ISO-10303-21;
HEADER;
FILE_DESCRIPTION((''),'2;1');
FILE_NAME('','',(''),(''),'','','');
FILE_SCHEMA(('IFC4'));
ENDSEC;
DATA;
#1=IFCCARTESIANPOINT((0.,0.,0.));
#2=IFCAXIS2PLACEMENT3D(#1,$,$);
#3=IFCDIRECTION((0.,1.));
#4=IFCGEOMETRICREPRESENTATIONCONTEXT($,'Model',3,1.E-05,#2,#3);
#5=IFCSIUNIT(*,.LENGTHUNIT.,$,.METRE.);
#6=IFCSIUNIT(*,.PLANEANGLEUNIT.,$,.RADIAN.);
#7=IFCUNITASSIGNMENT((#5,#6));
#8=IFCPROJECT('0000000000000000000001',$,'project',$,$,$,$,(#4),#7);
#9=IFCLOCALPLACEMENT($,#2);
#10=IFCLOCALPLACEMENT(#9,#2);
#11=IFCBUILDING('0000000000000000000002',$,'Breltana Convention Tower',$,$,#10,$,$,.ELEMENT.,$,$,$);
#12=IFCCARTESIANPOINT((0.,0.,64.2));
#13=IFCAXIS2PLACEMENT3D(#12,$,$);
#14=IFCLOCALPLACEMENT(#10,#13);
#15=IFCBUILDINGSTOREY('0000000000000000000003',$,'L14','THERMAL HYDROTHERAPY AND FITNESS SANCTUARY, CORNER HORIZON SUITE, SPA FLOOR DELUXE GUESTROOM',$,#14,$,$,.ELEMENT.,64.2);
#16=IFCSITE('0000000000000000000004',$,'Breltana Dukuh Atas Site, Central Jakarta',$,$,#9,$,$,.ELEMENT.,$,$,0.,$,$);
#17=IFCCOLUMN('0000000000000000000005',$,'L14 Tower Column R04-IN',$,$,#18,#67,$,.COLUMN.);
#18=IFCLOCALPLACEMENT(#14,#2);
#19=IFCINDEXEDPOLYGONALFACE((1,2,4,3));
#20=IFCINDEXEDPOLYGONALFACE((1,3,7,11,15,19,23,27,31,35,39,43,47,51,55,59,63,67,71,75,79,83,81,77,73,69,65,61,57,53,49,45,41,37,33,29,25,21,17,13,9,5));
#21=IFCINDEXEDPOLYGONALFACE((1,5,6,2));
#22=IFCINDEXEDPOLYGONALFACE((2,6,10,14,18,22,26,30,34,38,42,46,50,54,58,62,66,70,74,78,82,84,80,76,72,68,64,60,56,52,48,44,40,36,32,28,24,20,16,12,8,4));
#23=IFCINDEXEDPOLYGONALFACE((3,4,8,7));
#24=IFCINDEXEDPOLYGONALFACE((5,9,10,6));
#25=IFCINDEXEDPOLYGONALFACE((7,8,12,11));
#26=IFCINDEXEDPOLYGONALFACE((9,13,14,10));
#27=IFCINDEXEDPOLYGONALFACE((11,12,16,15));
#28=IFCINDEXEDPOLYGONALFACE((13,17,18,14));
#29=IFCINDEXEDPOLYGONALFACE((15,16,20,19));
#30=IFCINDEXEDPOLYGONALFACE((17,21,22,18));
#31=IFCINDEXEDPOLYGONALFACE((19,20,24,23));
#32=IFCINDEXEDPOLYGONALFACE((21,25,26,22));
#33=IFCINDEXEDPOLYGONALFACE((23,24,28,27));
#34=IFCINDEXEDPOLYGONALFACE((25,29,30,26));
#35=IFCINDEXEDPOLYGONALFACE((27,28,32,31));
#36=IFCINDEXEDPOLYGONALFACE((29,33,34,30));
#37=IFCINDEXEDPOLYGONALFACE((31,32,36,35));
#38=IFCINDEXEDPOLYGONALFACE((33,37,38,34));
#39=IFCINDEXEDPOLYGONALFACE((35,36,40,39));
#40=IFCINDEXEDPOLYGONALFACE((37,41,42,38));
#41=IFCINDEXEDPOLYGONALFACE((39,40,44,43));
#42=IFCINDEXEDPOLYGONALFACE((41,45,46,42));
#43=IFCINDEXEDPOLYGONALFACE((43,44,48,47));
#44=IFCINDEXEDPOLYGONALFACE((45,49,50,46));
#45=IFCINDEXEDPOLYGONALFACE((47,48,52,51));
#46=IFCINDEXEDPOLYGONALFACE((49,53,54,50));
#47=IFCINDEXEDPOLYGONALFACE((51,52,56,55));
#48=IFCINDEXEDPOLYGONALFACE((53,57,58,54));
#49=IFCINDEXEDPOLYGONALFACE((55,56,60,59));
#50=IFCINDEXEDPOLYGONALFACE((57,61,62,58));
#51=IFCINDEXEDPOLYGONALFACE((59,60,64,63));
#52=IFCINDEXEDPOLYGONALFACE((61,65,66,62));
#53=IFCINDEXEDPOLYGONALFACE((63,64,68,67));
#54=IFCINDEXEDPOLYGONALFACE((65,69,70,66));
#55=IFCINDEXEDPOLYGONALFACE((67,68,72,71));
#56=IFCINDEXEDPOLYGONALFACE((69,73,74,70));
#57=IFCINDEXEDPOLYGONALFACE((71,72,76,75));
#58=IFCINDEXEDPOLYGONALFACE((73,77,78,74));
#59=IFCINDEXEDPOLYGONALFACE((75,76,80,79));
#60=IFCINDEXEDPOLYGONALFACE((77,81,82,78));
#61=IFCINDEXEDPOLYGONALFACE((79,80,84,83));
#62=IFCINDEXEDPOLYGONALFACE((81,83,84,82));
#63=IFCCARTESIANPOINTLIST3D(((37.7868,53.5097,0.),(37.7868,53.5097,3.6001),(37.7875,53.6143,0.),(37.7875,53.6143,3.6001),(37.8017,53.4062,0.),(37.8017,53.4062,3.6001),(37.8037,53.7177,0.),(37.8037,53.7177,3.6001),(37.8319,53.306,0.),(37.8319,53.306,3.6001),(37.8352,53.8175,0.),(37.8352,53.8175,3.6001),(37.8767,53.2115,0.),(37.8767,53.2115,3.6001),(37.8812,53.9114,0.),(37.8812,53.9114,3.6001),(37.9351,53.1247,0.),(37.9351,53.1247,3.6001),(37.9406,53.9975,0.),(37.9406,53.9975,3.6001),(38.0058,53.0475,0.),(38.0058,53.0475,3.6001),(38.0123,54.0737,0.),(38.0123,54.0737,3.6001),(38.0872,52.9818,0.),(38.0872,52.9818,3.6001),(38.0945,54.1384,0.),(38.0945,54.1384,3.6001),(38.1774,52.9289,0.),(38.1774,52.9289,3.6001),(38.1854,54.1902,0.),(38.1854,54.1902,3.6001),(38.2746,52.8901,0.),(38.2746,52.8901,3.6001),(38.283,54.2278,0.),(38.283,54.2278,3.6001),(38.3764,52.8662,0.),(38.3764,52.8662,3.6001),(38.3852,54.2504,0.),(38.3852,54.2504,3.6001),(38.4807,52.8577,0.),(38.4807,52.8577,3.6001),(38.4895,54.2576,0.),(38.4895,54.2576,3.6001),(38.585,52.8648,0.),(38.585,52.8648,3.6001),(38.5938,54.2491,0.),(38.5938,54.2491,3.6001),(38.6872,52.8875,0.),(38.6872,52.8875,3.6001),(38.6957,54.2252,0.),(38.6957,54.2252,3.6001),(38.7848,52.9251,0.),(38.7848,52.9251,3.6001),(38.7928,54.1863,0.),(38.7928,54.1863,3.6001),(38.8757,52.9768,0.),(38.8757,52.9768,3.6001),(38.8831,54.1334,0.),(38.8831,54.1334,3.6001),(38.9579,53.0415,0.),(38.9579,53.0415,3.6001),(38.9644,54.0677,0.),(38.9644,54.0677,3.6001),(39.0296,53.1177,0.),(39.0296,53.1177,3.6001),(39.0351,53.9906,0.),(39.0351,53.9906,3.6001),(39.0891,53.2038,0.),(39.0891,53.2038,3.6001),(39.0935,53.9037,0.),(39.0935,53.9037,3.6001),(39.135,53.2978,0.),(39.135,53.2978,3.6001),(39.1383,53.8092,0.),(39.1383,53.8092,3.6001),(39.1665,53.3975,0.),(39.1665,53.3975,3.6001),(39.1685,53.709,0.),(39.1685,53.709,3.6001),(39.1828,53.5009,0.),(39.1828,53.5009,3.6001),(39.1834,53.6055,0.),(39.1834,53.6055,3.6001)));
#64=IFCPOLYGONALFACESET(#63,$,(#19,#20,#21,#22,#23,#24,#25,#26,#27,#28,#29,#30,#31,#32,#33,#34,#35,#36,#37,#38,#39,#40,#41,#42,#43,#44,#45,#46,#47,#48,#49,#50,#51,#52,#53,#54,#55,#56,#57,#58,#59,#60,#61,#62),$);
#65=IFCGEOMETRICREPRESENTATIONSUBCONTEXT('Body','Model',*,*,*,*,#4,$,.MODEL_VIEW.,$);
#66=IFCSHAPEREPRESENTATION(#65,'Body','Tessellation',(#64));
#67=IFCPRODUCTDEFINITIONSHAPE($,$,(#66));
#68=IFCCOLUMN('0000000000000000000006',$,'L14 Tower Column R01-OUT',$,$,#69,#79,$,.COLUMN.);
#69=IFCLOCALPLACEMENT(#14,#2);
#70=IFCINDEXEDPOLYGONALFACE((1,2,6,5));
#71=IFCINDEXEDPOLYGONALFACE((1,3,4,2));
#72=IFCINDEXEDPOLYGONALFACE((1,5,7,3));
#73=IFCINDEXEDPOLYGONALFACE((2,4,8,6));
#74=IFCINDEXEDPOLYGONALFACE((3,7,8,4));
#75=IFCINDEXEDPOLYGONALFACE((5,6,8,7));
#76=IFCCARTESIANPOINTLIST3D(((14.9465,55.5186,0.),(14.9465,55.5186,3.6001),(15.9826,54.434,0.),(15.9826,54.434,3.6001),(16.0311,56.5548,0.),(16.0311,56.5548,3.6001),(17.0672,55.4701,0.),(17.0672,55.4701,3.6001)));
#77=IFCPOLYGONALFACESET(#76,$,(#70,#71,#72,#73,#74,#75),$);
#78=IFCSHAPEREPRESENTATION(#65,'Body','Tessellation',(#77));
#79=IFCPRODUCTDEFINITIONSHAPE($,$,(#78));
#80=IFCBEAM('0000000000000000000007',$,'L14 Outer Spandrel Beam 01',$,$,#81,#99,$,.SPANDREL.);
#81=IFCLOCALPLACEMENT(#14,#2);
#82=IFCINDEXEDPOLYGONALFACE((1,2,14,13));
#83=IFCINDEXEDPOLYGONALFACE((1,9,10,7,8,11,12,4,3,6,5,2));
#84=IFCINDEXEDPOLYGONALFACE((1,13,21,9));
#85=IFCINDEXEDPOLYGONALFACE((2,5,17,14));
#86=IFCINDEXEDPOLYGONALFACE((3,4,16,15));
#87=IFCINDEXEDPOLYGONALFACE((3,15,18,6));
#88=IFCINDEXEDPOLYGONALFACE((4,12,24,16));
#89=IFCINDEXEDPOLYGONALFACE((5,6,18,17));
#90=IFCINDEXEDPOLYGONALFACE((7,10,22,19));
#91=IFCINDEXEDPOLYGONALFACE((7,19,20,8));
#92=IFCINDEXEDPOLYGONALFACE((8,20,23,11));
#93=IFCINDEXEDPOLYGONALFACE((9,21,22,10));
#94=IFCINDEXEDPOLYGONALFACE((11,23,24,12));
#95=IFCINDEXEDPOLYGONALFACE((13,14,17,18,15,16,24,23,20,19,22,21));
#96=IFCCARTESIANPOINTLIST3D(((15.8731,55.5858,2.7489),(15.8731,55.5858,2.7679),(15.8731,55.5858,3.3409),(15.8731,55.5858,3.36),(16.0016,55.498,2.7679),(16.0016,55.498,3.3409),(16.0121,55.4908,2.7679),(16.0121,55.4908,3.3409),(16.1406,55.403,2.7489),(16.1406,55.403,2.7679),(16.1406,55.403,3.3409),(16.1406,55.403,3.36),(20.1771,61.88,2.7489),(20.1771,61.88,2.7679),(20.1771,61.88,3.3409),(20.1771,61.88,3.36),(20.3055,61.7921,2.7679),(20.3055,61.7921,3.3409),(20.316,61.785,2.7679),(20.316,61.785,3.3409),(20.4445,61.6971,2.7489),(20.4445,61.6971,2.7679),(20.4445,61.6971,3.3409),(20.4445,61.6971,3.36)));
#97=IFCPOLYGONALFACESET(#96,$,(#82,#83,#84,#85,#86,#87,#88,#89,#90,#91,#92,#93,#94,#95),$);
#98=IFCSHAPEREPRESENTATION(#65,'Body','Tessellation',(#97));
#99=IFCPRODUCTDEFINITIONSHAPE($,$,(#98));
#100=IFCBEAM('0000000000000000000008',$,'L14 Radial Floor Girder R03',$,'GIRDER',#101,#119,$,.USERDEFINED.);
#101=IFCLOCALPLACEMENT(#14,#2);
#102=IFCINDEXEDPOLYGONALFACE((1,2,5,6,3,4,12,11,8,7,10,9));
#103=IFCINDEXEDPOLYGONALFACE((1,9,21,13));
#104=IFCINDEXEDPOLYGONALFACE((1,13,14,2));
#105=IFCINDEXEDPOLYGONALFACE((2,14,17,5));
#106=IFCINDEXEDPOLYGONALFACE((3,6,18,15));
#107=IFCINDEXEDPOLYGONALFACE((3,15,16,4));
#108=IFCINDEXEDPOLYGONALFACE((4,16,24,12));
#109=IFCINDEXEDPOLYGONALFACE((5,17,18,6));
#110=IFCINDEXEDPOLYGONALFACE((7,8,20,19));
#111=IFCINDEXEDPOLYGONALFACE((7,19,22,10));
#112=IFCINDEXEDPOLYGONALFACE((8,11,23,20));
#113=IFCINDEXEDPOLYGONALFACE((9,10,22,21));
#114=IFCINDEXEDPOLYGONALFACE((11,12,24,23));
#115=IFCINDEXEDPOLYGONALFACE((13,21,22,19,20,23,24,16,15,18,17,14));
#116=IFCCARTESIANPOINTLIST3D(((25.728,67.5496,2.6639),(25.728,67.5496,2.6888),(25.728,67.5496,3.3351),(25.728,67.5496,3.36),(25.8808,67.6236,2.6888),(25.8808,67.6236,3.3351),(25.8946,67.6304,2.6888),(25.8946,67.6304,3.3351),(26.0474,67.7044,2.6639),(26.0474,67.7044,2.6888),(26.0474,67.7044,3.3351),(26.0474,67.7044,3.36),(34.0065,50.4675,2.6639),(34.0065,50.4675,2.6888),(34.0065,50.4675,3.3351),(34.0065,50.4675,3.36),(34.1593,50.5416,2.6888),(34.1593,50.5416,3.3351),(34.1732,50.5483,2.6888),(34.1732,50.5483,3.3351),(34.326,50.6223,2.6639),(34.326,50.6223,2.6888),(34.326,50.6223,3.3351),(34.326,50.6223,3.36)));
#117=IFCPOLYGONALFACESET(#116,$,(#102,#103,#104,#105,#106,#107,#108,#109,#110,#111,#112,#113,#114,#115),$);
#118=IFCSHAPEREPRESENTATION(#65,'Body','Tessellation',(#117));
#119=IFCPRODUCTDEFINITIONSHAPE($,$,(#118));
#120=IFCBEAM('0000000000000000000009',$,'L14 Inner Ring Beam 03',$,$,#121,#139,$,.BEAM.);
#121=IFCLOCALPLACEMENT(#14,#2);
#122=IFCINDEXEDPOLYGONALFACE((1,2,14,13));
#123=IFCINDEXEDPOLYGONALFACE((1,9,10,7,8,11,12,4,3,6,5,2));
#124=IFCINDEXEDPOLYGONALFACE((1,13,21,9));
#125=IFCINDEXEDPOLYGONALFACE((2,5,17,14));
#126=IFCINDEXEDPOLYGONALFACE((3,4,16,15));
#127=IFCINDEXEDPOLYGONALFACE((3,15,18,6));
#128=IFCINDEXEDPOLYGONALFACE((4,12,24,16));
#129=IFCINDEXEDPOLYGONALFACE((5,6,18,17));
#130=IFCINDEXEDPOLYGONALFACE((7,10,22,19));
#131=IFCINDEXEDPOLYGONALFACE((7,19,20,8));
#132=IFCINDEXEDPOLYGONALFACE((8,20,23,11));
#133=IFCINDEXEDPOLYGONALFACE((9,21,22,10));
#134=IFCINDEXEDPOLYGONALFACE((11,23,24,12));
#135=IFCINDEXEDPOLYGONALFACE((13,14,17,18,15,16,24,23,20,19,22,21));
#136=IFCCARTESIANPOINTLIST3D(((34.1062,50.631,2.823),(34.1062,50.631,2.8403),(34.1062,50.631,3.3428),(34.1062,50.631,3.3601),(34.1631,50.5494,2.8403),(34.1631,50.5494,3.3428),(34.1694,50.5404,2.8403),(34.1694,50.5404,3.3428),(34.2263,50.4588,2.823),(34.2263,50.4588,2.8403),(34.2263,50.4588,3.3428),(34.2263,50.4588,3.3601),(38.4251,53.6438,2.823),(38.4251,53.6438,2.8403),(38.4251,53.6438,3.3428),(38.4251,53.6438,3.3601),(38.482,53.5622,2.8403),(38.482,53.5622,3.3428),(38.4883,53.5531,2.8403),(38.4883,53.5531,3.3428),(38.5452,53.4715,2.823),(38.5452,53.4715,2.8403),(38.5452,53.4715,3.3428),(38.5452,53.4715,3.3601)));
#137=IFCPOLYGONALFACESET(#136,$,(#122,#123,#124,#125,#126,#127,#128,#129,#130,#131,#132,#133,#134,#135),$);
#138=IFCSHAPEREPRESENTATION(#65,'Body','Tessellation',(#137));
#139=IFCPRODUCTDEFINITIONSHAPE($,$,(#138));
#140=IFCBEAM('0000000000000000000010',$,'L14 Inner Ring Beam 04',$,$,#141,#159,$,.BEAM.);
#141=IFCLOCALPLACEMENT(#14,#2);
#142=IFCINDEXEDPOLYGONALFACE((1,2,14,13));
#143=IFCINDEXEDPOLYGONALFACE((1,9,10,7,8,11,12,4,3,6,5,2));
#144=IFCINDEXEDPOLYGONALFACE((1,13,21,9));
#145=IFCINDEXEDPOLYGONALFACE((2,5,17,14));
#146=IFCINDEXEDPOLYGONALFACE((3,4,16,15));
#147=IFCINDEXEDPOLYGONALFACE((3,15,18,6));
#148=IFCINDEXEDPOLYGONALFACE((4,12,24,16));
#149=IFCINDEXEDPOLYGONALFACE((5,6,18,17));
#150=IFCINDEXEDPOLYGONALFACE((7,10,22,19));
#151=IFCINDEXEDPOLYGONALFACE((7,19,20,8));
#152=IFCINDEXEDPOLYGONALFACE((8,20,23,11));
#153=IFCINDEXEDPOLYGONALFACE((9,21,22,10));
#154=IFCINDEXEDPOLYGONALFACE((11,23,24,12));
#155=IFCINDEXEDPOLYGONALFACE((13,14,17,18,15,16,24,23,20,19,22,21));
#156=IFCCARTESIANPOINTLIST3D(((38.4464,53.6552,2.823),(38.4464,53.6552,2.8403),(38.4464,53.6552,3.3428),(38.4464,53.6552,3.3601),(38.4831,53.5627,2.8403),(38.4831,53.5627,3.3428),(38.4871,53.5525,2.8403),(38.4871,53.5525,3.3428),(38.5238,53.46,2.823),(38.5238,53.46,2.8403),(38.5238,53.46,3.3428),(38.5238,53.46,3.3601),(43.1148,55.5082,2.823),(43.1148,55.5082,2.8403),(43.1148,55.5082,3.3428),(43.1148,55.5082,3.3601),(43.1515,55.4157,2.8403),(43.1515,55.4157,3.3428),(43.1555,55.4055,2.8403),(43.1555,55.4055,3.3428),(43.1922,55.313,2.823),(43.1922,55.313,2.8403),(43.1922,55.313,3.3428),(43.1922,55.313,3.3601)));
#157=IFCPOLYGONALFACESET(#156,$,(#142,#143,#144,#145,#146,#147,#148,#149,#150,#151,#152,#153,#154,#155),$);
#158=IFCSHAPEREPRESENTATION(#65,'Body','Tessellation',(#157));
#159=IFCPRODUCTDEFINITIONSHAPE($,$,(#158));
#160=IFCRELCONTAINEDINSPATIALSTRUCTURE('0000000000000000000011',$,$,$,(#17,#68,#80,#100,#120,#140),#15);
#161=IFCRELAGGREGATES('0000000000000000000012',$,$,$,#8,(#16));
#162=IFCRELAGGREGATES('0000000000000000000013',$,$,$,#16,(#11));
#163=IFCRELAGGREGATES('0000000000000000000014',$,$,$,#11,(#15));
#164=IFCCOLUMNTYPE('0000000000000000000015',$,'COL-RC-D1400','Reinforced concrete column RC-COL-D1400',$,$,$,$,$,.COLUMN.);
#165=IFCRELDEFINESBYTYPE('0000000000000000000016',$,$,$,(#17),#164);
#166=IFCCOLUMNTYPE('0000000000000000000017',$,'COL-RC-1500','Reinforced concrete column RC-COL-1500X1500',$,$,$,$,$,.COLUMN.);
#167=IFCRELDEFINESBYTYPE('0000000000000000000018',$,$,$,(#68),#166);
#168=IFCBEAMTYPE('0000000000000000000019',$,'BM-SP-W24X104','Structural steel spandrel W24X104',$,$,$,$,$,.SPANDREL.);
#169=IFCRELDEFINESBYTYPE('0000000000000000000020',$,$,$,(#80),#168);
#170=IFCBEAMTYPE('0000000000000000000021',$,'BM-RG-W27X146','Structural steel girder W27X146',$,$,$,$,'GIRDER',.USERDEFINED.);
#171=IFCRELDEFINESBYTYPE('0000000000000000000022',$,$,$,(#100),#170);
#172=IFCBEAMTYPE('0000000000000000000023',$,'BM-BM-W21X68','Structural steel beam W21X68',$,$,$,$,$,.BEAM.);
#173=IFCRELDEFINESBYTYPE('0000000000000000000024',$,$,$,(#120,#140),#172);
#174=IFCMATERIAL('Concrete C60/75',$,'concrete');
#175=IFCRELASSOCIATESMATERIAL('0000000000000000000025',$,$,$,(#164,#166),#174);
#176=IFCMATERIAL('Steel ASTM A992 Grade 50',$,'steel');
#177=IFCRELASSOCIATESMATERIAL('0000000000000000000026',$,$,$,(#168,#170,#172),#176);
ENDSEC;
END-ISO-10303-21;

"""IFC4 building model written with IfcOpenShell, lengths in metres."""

from ifc_helpers import new_model, si_unit, direction, frame, origin, origin_2d, place, context, subcontext, project, spatial, rectangle, circle, i_section, extrude, source, transform, mapped, material, material_profile, profile_set, type_object, type_shapes, element, save


model = new_model("IFC4")

# Units and contexts
model_context = context("Model", 3, precision=1e-05, world=origin(), true_north=direction((0.0, 1.0)))
body_context = subcontext(model_context, "Body", "Model", "MODEL_VIEW")
ifc_project = project(units=[si_unit("LENGTHUNIT", "METRE"), si_unit("PLANEANGLEUNIT", "RADIAN")], contexts=[model_context])

# Site, building, storey
site_placement = place(None, origin())
site = spatial("IfcSite", under=ifc_project, at=site_placement, Name="Breltana Dukuh Atas Site, Central Jakarta", CompositionType="ELEMENT", RefElevation=0.0)
building_placement = place(site_placement, origin())
building = spatial("IfcBuilding", under=site, at=building_placement, Name="Breltana Convention Tower", CompositionType="ELEMENT")
storey_placement = place(building_placement, frame((0.0, 0.0, 64.2)))
storey = spatial("IfcBuildingStorey", under=building, at=storey_placement, Name="L14", Description="THERMAL HYDROTHERAPY AND FITNESS SANCTUARY, CORNER HORIZON SUITE, SPA FLOOR DELUXE GUESTROOM", CompositionType="ELEMENT", Elevation=64.2)

# Columns
ifc_material_1 = material(Name="Concrete C60/75", Category="concrete")
ifc_material_profile_1 = material_profile(ifc_material_1, circle(Radius=0.7, at=origin_2d()), Name="RC-COL-D1400")
ifc_profile_set_1 = profile_set([ifc_material_profile_1], Name="Concrete C60/75")
column_type_1 = type_object("IfcColumnType", Name="COL-RC-D1400", Description="Reinforced concrete column RC-COL-D1400", PredefinedType="COLUMN", material=ifc_profile_set_1)
shared_shape_1 = source(origin(), body_context, "Body", "SweptSolid", [
    extrude(circle(Radius=0.7, at=origin_2d()), origin(), (0.0, 0.0, 1.0), 3.6001),
])
for number, where, z_axis, x_axis, name in (
    (1, (38.4851, 53.5576, 0.0), (0.0, 0.0, 1.0), (-0.288698, 0.95742, 0.0), "L14 Tower Column R04-IN"),
):
    element("IfcColumn", number, at=place(storey_placement, frame(where, z_axis=z_axis, x_axis=x_axis)), inside=storey, type_object=column_type_1, Name=name, PredefinedType="COLUMN", context=body_context, shape_type="MappedRepresentation", body=[
        mapped(shared_shape_1, transform((0.0, 0.0, 0.0), scale=1.0)),
    ])
ifc_material_profile_2 = material_profile(ifc_material_1, rectangle(XDim=1.5, YDim=1.5, at=origin_2d()), Name="RC-COL-1500X1500")
ifc_profile_set_2 = profile_set([ifc_material_profile_2], Name="Concrete C60/75")
column_type_2 = type_object("IfcColumnType", Name="COL-RC-1500", Description="Reinforced concrete column RC-COL-1500X1500", PredefinedType="COLUMN", material=ifc_profile_set_2)
shared_shape_2 = source(origin(), body_context, "Body", "SweptSolid", [
    extrude(rectangle(XDim=1.5, YDim=1.5, at=origin_2d()), origin(), (0.0, 0.0, 1.0), 3.6001),
])
column_placement = place(storey_placement, frame((16.0068, 55.4944, 0.0), z_axis=(0.0, 0.0, 1.0), x_axis=(-0.690756, 0.723088, 0.0)))
element("IfcColumn", 2, at=column_placement, inside=storey, type_object=column_type_2, Name="L14 Tower Column R01-OUT", PredefinedType="COLUMN", context=body_context, shape_type="MappedRepresentation", body=[
    mapped(shared_shape_2, transform((0.0, 0.0, 0.0), scale=1.0)),
])

# Beams
ifc_material_2 = material(Name="Steel ASTM A992 Grade 50", Category="steel")
ifc_material_profile_3 = material_profile(ifc_material_2, i_section(OverallWidth=0.324, OverallDepth=0.6111, WebThickness=0.0127, FlangeThickness=0.019, at=origin_2d()), Name="W24X104")
ifc_profile_set_3 = profile_set([ifc_material_profile_3], Name="Steel ASTM A992 Grade 50")
beam_type_1 = type_object("IfcBeamType", Name="BM-SP-W24X104", Description="Structural steel spandrel W24X104", PredefinedType="SPANDREL", material=ifc_profile_set_3)
shared_shape_3 = source(origin(), body_context, "Body", "SweptSolid", [
    extrude(i_section(OverallWidth=0.324, OverallDepth=0.6111, WebThickness=0.0127, FlangeThickness=0.019, at=origin_2d()), origin(), (0.0, 0.0, 1.0), 7.625),
])
type_shapes(beam_type_1, [shared_shape_3])
beam_1_placement = place(storey_placement, frame((16.0068, 55.4944, 3.0544), z_axis=(0.564452, 0.825466, 0.0), x_axis=(-0.825466, 0.564452, 0.0)))
element("IfcBeam", 3, at=beam_1_placement, inside=storey, type_object=beam_type_1, Name="L14 Outer Spandrel Beam 01", PredefinedType="SPANDREL", context=body_context, shape_type="MappedRepresentation", body=[
    mapped(shared_shape_3, transform((0.0, 0.0, 0.0), scale=1.0)),
])
ifc_material_profile_4 = material_profile(ifc_material_2, i_section(OverallWidth=0.355, OverallDepth=0.696, WebThickness=0.0154, FlangeThickness=0.0249, at=origin_2d()), Name="W27X146")
ifc_profile_set_4 = profile_set([ifc_material_profile_4], Name="Steel ASTM A992 Grade 50")
beam_type_2 = type_object("IfcBeamType", Name="BM-RG-W27X146", Description="Structural steel girder W27X146", ElementType="GIRDER", PredefinedType="USERDEFINED", material=ifc_profile_set_4)
shared_shape_4 = source(origin(), body_context, "Body", "SweptSolid", [
    extrude(i_section(OverallWidth=0.355, OverallDepth=0.696, WebThickness=0.0154, FlangeThickness=0.0249, at=origin_2d()), origin(), (0.0, 0.0, 1.0), 18.9824),
])
beam_2_placement = place(storey_placement, frame((34.1663, 50.5449, 3.012), z_axis=(-0.436119, 0.899889, 0.0), x_axis=(-0.899889, -0.436119, 0.0)))
element("IfcBeam", 4, at=beam_2_placement, inside=storey, type_object=beam_type_2, Name="L14 Radial Floor Girder R03", ObjectType="GIRDER", PredefinedType="USERDEFINED", context=body_context, shape_type="MappedRepresentation", body=[
    mapped(shared_shape_4, transform((0.0, 0.0, 0.0), scale=1.0)),
])
ifc_material_profile_5 = material_profile(ifc_material_2, i_section(OverallWidth=0.21, OverallDepth=0.5371, WebThickness=0.011, FlangeThickness=0.0173, at=origin_2d()), Name="W21X68")
ifc_profile_set_5 = profile_set([ifc_material_profile_5], Name="Steel ASTM A992 Grade 50")
beam_type_3 = type_object("IfcBeamType", Name="BM-BM-W21X68", Description="Structural steel beam W21X68", PredefinedType="BEAM", material=ifc_profile_set_5)
shared_shape_5 = source(origin(), body_context, "Body", "SweptSolid", [
    extrude(i_section(OverallWidth=0.21, OverallDepth=0.5371, WebThickness=0.011, FlangeThickness=0.0173, at=origin_2d()), origin(), (0.0, 0.0, 1.0), 5.2659),
])
beam_3_placement = place(storey_placement, frame((34.1663, 50.5449, 3.0916), z_axis=(0.820167, 0.572124, 0.0), x_axis=(-0.572124, 0.820167, 0.0)))
element("IfcBeam", 5, at=beam_3_placement, inside=storey, type_object=beam_type_3, Name="L14 Inner Ring Beam 03", PredefinedType="BEAM", context=body_context, shape_type="MappedRepresentation", body=[
    mapped(shared_shape_5, transform((0.0, 0.0, 0.0), scale=1.0)),
])
shared_shape_6 = source(origin(), body_context, "Body", "SweptSolid", [
    extrude(i_section(OverallWidth=0.21, OverallDepth=0.5371, WebThickness=0.011, FlangeThickness=0.0173, at=origin_2d()), origin(), (0.0, 0.0, 1.0), 5.0227),
])
beam_4_placement = place(storey_placement, frame((38.4851, 53.5576, 3.0916), z_axis=(0.929459, 0.368926, 0.0), x_axis=(-0.368926, 0.929459, 0.0)))
element("IfcBeam", 6, at=beam_4_placement, inside=storey, type_object=beam_type_3, Name="L14 Inner Ring Beam 04", PredefinedType="BEAM", context=body_context, shape_type="MappedRepresentation", body=[
    mapped(shared_shape_6, transform((0.0, 0.0, 0.0), scale=1.0)),
])

save(model, "model.ifc")
